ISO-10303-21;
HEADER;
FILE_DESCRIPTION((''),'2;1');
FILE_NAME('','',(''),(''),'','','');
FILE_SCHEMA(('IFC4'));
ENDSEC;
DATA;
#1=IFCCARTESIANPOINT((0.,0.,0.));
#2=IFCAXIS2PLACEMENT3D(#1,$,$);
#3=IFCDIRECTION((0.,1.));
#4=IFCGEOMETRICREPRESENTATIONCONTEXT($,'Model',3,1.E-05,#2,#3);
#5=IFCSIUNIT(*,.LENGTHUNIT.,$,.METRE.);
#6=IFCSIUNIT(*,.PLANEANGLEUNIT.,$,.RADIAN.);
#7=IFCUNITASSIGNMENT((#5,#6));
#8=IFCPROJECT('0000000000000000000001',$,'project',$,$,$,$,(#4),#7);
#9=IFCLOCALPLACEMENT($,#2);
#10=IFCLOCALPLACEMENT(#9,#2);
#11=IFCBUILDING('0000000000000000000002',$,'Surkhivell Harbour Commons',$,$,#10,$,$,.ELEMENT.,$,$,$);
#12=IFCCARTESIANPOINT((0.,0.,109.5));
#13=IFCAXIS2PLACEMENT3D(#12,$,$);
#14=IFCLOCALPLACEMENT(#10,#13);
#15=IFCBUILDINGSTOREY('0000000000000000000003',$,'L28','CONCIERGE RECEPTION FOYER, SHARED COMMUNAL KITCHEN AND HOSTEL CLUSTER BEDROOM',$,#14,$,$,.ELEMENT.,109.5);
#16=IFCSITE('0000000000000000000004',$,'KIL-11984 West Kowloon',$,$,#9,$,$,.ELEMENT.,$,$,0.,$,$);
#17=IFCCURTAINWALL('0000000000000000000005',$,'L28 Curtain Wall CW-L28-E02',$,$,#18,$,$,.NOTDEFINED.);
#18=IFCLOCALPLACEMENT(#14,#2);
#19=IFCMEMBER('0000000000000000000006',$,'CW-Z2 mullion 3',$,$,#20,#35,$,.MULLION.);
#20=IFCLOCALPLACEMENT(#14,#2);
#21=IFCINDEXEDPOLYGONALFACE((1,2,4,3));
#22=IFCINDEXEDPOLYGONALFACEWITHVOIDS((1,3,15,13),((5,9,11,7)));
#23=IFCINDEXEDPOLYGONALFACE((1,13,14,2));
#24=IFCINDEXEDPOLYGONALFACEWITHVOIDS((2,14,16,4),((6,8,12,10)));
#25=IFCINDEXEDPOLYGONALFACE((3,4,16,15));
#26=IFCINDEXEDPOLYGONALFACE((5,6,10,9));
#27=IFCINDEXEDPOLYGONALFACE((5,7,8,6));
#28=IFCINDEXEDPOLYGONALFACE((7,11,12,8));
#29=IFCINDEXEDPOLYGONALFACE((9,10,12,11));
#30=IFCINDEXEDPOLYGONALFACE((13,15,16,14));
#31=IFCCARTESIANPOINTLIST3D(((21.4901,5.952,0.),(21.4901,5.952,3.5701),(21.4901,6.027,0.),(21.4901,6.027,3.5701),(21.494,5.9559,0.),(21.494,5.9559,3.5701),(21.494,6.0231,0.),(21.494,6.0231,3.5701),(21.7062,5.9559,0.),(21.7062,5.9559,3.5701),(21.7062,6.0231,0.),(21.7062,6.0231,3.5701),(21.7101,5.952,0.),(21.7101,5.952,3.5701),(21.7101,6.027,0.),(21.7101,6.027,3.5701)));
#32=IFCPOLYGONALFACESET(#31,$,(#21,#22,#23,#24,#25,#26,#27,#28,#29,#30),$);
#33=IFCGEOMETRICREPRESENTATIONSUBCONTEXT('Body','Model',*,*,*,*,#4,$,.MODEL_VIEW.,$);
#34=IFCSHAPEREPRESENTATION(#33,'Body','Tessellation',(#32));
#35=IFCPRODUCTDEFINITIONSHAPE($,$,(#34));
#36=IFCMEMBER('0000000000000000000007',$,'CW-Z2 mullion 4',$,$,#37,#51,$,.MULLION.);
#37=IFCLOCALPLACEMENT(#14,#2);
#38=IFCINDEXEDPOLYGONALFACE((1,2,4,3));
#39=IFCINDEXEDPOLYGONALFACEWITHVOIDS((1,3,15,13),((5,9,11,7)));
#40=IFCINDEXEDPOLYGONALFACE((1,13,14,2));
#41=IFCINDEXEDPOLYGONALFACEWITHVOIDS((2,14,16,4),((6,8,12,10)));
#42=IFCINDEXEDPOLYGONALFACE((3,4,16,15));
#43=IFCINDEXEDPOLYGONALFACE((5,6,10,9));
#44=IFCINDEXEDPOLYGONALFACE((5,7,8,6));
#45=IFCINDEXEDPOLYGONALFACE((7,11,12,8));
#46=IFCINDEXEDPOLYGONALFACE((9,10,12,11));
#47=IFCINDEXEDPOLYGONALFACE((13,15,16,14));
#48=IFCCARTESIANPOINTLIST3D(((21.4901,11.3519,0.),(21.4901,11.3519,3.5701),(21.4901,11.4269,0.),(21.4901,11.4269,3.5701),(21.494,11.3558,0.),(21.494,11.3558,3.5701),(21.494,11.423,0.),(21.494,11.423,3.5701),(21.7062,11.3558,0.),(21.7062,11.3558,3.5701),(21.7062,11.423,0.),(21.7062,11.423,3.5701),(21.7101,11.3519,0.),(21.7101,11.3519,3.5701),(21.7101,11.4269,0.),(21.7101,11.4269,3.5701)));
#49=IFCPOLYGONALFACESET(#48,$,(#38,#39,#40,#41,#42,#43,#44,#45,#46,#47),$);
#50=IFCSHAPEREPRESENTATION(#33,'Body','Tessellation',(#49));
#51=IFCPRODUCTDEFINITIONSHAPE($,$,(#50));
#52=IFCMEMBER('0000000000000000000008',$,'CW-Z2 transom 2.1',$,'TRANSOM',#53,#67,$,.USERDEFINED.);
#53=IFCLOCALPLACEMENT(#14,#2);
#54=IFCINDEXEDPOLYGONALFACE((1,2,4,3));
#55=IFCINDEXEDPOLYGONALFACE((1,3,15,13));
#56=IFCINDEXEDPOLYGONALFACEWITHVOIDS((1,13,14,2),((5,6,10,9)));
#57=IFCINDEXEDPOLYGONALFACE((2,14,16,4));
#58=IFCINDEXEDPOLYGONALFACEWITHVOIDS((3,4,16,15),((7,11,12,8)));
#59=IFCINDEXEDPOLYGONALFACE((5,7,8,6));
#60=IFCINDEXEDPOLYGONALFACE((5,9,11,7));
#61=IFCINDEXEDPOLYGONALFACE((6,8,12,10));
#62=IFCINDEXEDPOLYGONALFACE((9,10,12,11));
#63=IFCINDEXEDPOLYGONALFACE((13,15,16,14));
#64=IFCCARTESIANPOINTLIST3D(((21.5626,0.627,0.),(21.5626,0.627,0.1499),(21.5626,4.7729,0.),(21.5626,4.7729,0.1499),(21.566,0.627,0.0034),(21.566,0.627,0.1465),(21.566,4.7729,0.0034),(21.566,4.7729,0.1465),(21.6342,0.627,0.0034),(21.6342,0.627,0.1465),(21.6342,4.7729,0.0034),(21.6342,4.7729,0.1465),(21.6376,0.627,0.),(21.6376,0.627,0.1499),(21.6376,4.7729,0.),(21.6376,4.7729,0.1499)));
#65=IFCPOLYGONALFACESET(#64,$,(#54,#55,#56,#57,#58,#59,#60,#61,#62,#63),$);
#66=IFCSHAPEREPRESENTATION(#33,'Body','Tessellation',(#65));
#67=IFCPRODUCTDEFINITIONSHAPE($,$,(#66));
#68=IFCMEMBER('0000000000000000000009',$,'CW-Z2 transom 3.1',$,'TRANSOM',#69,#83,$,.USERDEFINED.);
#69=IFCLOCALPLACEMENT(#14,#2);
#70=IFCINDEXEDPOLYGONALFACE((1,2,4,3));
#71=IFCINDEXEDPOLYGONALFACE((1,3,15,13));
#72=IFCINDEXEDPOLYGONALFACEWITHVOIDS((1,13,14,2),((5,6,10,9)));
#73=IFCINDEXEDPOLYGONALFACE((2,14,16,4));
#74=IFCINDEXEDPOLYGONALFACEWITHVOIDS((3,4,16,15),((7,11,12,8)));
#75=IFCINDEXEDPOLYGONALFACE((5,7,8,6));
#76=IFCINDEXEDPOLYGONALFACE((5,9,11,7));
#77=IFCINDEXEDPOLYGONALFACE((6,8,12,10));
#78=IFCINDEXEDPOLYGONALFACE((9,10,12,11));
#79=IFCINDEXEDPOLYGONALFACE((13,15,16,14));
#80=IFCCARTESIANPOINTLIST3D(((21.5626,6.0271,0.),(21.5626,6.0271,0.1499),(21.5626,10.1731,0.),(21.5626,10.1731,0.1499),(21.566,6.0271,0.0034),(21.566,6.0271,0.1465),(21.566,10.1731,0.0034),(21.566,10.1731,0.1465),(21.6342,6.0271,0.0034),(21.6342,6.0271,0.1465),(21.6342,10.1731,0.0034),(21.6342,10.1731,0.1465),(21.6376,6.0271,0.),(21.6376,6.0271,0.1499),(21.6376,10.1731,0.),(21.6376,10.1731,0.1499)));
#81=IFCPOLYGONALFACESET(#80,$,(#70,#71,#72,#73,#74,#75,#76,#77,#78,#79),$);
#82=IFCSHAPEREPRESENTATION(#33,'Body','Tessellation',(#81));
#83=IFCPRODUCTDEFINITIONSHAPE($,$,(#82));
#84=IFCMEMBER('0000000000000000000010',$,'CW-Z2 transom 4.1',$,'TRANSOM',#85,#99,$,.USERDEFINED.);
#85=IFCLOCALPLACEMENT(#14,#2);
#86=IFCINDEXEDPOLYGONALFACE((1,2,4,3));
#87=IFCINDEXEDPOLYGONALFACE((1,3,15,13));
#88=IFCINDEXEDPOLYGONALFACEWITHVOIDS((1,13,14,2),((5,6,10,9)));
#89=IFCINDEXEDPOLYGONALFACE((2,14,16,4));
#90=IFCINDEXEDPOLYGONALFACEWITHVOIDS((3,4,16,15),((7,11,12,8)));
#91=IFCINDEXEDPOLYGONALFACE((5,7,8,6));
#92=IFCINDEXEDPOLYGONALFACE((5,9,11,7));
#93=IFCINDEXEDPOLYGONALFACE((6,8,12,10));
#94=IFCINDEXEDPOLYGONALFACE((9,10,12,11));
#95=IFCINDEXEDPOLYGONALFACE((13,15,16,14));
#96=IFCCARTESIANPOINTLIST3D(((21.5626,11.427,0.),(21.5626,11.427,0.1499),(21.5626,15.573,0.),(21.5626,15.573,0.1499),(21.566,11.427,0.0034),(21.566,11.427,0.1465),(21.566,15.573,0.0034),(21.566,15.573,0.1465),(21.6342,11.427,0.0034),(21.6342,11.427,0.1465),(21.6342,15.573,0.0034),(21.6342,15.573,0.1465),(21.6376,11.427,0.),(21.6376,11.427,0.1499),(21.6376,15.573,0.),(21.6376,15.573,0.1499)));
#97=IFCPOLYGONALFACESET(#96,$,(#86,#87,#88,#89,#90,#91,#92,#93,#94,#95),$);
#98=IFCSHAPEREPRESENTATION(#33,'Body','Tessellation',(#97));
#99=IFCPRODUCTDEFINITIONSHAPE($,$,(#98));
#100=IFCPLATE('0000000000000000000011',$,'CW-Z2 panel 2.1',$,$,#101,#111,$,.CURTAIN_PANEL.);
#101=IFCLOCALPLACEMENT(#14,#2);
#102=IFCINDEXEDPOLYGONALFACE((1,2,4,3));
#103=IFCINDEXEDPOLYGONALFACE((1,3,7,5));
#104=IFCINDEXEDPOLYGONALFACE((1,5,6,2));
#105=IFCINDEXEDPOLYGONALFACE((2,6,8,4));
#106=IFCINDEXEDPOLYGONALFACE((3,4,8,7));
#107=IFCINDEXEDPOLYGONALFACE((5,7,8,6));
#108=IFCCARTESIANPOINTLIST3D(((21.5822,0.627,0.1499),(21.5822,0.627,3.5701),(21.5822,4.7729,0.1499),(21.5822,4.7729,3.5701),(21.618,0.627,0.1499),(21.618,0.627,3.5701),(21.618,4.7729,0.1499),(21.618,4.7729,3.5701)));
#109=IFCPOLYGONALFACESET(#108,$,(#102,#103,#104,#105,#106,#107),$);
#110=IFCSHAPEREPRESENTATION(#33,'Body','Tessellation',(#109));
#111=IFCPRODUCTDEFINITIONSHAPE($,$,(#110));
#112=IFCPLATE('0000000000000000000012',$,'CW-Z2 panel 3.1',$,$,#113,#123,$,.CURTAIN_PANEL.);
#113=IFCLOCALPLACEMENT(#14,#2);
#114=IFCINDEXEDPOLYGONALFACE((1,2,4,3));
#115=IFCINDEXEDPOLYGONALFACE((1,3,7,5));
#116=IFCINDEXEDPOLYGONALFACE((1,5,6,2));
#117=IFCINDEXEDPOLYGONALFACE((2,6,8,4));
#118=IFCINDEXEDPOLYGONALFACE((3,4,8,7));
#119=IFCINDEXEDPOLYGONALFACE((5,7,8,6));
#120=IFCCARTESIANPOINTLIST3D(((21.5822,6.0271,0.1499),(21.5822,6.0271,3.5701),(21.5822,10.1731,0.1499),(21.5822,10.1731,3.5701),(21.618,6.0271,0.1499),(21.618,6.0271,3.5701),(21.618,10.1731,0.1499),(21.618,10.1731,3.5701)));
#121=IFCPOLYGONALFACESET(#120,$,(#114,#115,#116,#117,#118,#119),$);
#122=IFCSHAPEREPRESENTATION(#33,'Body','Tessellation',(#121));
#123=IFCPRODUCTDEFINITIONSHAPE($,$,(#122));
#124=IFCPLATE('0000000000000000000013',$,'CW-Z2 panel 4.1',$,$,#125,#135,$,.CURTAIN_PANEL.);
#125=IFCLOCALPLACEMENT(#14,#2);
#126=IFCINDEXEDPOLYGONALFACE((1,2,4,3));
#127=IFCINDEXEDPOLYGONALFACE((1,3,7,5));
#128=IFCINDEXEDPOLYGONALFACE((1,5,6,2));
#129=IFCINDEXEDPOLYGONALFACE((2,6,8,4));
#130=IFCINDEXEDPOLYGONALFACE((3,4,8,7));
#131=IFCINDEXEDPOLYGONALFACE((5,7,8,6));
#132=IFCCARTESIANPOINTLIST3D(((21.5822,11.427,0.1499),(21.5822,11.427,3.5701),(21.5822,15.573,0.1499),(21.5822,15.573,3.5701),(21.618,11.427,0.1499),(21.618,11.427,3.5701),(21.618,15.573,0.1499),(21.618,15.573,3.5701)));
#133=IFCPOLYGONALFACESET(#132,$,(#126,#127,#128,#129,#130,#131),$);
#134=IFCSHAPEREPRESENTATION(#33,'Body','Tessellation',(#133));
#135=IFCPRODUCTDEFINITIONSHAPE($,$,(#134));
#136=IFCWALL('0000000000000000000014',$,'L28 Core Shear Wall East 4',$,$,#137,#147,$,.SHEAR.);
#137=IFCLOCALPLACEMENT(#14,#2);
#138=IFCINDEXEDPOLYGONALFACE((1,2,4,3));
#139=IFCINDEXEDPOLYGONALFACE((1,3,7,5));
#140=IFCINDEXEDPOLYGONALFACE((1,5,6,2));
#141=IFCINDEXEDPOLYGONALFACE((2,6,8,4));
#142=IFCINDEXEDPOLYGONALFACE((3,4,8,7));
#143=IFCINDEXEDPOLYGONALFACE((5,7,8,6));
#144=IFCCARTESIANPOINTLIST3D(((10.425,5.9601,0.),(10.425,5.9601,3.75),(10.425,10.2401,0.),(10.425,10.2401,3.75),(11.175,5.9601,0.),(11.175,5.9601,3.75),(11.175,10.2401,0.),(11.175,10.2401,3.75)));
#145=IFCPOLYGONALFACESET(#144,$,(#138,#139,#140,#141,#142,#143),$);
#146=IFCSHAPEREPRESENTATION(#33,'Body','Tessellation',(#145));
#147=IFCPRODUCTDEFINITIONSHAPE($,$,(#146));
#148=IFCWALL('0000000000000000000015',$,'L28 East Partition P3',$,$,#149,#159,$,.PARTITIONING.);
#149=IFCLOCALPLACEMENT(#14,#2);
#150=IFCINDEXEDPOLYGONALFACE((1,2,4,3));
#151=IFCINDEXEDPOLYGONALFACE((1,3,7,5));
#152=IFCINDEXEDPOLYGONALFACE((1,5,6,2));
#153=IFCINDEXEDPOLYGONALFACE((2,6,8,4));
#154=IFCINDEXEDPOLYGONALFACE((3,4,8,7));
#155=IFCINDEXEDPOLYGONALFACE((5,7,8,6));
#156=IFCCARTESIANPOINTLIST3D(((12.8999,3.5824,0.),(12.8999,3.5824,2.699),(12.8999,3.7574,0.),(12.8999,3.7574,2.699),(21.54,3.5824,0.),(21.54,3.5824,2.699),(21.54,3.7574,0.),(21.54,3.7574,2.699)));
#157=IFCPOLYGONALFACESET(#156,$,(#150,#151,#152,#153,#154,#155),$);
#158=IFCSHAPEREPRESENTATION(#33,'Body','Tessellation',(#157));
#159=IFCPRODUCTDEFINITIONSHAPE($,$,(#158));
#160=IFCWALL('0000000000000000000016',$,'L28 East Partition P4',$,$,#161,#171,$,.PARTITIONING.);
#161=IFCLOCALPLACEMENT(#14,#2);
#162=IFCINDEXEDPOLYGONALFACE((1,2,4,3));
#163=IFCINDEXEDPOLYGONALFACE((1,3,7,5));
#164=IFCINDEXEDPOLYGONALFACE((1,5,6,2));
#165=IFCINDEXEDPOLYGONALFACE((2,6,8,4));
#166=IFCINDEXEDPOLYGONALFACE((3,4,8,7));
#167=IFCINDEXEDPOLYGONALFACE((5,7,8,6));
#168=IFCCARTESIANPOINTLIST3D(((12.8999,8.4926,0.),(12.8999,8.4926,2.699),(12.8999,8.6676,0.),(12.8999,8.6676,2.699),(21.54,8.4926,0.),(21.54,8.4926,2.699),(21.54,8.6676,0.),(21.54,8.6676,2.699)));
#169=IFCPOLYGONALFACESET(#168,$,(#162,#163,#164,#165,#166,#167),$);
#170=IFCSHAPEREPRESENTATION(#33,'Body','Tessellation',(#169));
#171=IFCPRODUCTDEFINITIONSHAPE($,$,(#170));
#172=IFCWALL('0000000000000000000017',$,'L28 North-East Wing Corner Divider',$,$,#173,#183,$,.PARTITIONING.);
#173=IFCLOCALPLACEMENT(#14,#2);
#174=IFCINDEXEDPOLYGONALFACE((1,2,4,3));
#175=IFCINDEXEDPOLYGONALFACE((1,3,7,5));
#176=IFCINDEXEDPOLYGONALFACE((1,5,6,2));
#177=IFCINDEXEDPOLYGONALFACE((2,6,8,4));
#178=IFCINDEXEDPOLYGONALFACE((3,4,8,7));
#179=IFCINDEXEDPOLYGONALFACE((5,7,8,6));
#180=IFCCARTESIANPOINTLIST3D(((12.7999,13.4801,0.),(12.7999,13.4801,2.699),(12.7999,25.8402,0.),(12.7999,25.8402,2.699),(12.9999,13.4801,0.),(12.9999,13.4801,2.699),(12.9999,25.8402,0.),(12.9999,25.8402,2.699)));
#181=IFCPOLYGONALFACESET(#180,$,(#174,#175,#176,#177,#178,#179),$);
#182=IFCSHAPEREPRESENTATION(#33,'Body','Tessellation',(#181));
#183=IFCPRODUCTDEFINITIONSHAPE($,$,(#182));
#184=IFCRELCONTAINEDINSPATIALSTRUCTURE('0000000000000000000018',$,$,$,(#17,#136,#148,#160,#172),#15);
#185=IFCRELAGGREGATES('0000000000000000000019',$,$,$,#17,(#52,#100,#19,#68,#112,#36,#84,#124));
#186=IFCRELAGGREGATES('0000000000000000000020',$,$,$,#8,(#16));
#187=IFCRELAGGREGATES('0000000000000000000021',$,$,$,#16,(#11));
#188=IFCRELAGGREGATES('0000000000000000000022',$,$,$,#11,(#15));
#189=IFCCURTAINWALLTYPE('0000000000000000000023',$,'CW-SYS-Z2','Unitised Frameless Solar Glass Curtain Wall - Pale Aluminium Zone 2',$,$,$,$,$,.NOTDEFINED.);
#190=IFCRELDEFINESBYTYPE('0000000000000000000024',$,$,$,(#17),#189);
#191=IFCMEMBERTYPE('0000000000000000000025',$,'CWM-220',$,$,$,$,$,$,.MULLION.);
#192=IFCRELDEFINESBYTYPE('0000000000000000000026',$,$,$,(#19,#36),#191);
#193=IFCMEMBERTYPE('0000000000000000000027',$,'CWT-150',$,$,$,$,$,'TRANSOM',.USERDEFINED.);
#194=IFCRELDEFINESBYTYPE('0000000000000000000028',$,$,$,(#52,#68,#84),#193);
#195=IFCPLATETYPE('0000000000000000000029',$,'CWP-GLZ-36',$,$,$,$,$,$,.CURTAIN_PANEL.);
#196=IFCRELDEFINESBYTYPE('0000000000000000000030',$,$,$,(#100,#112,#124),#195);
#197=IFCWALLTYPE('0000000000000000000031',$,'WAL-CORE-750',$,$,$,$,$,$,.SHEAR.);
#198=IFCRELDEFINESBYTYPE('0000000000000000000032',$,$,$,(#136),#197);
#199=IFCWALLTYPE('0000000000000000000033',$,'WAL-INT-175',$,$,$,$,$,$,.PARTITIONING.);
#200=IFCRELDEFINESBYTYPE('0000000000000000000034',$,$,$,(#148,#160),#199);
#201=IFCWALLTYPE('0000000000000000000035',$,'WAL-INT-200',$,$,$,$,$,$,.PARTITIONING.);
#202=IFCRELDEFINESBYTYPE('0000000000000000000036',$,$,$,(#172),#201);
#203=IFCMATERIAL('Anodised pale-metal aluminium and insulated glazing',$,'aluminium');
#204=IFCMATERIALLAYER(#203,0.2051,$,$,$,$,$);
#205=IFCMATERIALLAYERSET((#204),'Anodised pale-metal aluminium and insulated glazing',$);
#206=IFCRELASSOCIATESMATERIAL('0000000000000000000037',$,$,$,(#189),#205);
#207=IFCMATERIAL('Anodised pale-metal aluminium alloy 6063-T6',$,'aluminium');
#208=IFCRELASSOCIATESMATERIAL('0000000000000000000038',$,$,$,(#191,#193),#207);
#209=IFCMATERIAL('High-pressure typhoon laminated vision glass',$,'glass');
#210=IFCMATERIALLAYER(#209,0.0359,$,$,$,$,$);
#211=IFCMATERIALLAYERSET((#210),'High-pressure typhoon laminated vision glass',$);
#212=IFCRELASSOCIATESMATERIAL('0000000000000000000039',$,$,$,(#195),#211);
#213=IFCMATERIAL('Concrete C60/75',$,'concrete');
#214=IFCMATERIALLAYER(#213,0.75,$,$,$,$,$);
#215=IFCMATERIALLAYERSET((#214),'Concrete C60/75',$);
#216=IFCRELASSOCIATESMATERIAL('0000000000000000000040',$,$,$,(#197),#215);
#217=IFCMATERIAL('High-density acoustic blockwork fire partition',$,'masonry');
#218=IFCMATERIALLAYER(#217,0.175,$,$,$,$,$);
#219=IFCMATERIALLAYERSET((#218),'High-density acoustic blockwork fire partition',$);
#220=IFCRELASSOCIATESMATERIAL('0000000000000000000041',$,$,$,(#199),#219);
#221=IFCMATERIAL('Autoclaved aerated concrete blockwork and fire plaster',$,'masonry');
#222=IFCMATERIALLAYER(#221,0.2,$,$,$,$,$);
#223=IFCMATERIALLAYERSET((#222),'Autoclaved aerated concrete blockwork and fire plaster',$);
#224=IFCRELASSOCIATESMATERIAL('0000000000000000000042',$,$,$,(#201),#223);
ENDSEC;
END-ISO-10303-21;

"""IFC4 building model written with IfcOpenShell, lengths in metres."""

from ifc_helpers import new_model, si_unit, direction, frame, frame_2d, origin, origin_2d, place, context, subcontext, project, spatial, rectangle, hollow_rectangle, extrude, material, layer, layer_set, material_profile, profile_set, type_object, element, aggregate, save


model = new_model("IFC4")

# Units and contexts
model_context = context("Model", 3, precision=1e-05, world=origin(), true_north=direction((0.0, 1.0)))
body_context = subcontext(model_context, "Body", "Model", "MODEL_VIEW")
ifc_project = project(units=[si_unit("LENGTHUNIT", "METRE"), si_unit("PLANEANGLEUNIT", "RADIAN")], contexts=[model_context])

# Site, building, storey
site_placement = place(None, origin())
site = spatial("IfcSite", under=ifc_project, at=site_placement, Name="KIL-11984 West Kowloon", CompositionType="ELEMENT", RefElevation=0.0)
building_placement = place(site_placement, origin())
building = spatial("IfcBuilding", under=site, at=building_placement, Name="Surkhivell Harbour Commons", CompositionType="ELEMENT")
storey_placement = place(building_placement, frame((0.0, 0.0, 109.5)))
storey = spatial("IfcBuildingStorey", under=building, at=storey_placement, Name="L28", Description="CONCIERGE RECEPTION FOYER, SHARED COMMUNAL KITCHEN AND HOSTEL CLUSTER BEDROOM", CompositionType="ELEMENT", Elevation=109.5)

# Shared definitions
ifc_material_1 = material(Name="Concrete C60/75", Category="concrete")

# Curtain wall, members, plates
ifc_material_2 = material(Name="Anodised pale-metal aluminium and insulated glazing", Category="aluminium")
ifc_layer_1 = layer(ifc_material_2, 0.2051)
ifc_layer_set_1 = layer_set([ifc_layer_1], Name="Anodised pale-metal aluminium and insulated glazing")
curtain_wall_type = type_object("IfcCurtainWallType", Name="CW-SYS-Z2", Description="Unitised Frameless Solar Glass Curtain Wall - Pale Aluminium Zone 2", PredefinedType="NOTDEFINED", material=ifc_layer_set_1)
curtain_wall_placement = place(storey_placement, origin())
curtain_wall = element("IfcCurtainWall", 1, at=curtain_wall_placement, inside=storey, type_object=curtain_wall_type, Name="L28 Curtain Wall CW-L28-E02", PredefinedType="NOTDEFINED")
ifc_material_3 = material(Name="Anodised pale-metal aluminium alloy 6063-T6", Category="aluminium")
ifc_material_profile_1 = material_profile(ifc_material_3, hollow_rectangle(XDim=0.075, YDim=0.22, WallThickness=0.0039, at=origin_2d()), Name="ALU-MULL-75x220")
ifc_profile_set_1 = profile_set([ifc_material_profile_1], Name="Anodised pale-metal aluminium alloy 6063-T6")
member_type_1 = type_object("IfcMemberType", Name="CWM-220", PredefinedType="MULLION", material=ifc_profile_set_1)
member_1_placement = place(storey_placement, frame((21.6001, 5.9895, 0.0), z_axis=(0.0, 0.0, 1.0), x_axis=(0.0, 1.0, 0.0)))
member_1 = element("IfcMember", 2, at=member_1_placement, type_object=member_type_1, Name="CW-Z2 mullion 3", PredefinedType="MULLION", context=body_context, shape_type="SweptSolid", body=[
    extrude(hollow_rectangle(XDim=0.075, YDim=0.22, WallThickness=0.0039, at=origin_2d()), origin(), (0.0, 0.0, 1.0), 3.5701),
])
member_2_placement = place(storey_placement, frame((21.6001, 11.3894, 0.0), z_axis=(0.0, 0.0, 1.0), x_axis=(0.0, 1.0, 0.0)))
member_2 = element("IfcMember", 3, at=member_2_placement, type_object=member_type_1, Name="CW-Z2 mullion 4", PredefinedType="MULLION", context=body_context, shape_type="SweptSolid", body=[
    extrude(hollow_rectangle(XDim=0.075, YDim=0.22, WallThickness=0.0039, at=origin_2d()), origin(), (0.0, 0.0, 1.0), 3.5701),
])
ifc_material_profile_2 = material_profile(ifc_material_3, hollow_rectangle(XDim=0.075, YDim=0.1499, WallThickness=0.0034, at=origin_2d()), Name="ALU-TRAN-75x150")
ifc_profile_set_2 = profile_set([ifc_material_profile_2], Name="Anodised pale-metal aluminium alloy 6063-T6")
member_type_2 = type_object("IfcMemberType", Name="CWT-150", ElementType="TRANSOM", PredefinedType="USERDEFINED", material=ifc_profile_set_2)
member_3_placement = place(storey_placement, frame((21.6001, 0.627, 0.075), z_axis=(0.0, 1.0, 0.0), x_axis=(-1.0, 0.0, 0.0)))
member_3 = element("IfcMember", 4, at=member_3_placement, type_object=member_type_2, Name="CW-Z2 transom 2.1", ObjectType="TRANSOM", PredefinedType="USERDEFINED", context=body_context, shape_type="SweptSolid", body=[
    extrude(hollow_rectangle(XDim=0.075, YDim=0.1499, WallThickness=0.0034, at=origin_2d()), origin(), (0.0, 0.0, 1.0), 4.146),
])
member_4_placement = place(storey_placement, frame((21.6001, 6.0271, 0.075), z_axis=(0.0, 1.0, 0.0), x_axis=(-1.0, 0.0, 0.0)))
member_4 = element("IfcMember", 5, at=member_4_placement, type_object=member_type_2, Name="CW-Z2 transom 3.1", ObjectType="TRANSOM", PredefinedType="USERDEFINED", context=body_context, shape_type="SweptSolid", body=[
    extrude(hollow_rectangle(XDim=0.075, YDim=0.1499, WallThickness=0.0034, at=origin_2d()), origin(), (0.0, 0.0, 1.0), 4.146),
])
member_5_placement = place(storey_placement, frame((21.6001, 11.427, 0.075), z_axis=(0.0, 1.0, 0.0), x_axis=(-1.0, 0.0, 0.0)))
member_5 = element("IfcMember", 6, at=member_5_placement, type_object=member_type_2, Name="CW-Z2 transom 4.1", ObjectType="TRANSOM", PredefinedType="USERDEFINED", context=body_context, shape_type="SweptSolid", body=[
    extrude(hollow_rectangle(XDim=0.075, YDim=0.1499, WallThickness=0.0034, at=origin_2d()), origin(), (0.0, 0.0, 1.0), 4.146),
])
ifc_material_4 = material(Name="High-pressure typhoon laminated vision glass", Category="glass")
ifc_layer_2 = layer(ifc_material_4, 0.0359)
ifc_layer_set_2 = layer_set([ifc_layer_2], Name="High-pressure typhoon laminated vision glass")
plate_type = type_object("IfcPlateType", Name="CWP-GLZ-36", PredefinedType="CURTAIN_PANEL", material=ifc_layer_set_2)
plate_1_placement = place(storey_placement, frame((21.6001, 0.627, 0.1499), z_axis=(0.0, 0.0, 1.0), x_axis=(0.0, 1.0, 0.0)))
plate_1 = element("IfcPlate", 7, at=plate_1_placement, type_object=plate_type, Name="CW-Z2 panel 2.1", PredefinedType="CURTAIN_PANEL", context=body_context, shape_type="SweptSolid", body=[
    extrude(rectangle(XDim=4.146, YDim=0.0359, at=frame_2d((2.073, 0.0))), origin(), (0.0, 0.0, 1.0), 3.4202),
])
plate_2_placement = place(storey_placement, frame((21.6001, 6.0271, 0.1499), z_axis=(0.0, 0.0, 1.0), x_axis=(0.0, 1.0, 0.0)))
plate_2 = element("IfcPlate", 8, at=plate_2_placement, type_object=plate_type, Name="CW-Z2 panel 3.1", PredefinedType="CURTAIN_PANEL", context=body_context, shape_type="SweptSolid", body=[
    extrude(rectangle(XDim=4.146, YDim=0.0359, at=frame_2d((2.073, 0.0))), origin(), (0.0, 0.0, 1.0), 3.4202),
])
plate_3_placement = place(storey_placement, frame((21.6001, 11.427, 0.1499), z_axis=(0.0, 0.0, 1.0), x_axis=(0.0, 1.0, 0.0)))
plate_3 = element("IfcPlate", 9, at=plate_3_placement, type_object=plate_type, Name="CW-Z2 panel 4.1", PredefinedType="CURTAIN_PANEL", context=body_context, shape_type="SweptSolid", body=[
    extrude(rectangle(XDim=4.146, YDim=0.0359, at=frame_2d((2.073, 0.0))), origin(), (0.0, 0.0, 1.0), 3.4202),
])
aggregate(curtain_wall, [member_3, plate_1, member_1, member_4, plate_2, member_2, member_5, plate_3])

# Walls
ifc_layer_3 = layer(ifc_material_1, 0.75)
ifc_layer_set_3 = layer_set([ifc_layer_3], Name="Concrete C60/75")
wall_type_1 = type_object("IfcWallType", Name="WAL-CORE-750", PredefinedType="SHEAR", material=ifc_layer_set_3)
wall_1_placement = place(storey_placement, frame((10.8, 5.96, 0.0), z_axis=(0.0, 0.0, 1.0), x_axis=(0.0, 1.0, 0.0)))
element("IfcWall", 10, at=wall_1_placement, inside=storey, type_object=wall_type_1, Name="L28 Core Shear Wall East 4", PredefinedType="SHEAR", context=body_context, shape_type="SweptSolid", body=[
    extrude(rectangle(XDim=4.28, YDim=0.75, at=frame_2d((2.1401, 0.0))), origin(), (0.0, 0.0, 1.0), 3.75),
])
ifc_material_5 = material(Name="High-density acoustic blockwork fire partition", Category="masonry")
ifc_layer_4 = layer(ifc_material_5, 0.175)
ifc_layer_set_4 = layer_set([ifc_layer_4], Name="High-density acoustic blockwork fire partition")
wall_type_2 = type_object("IfcWallType", Name="WAL-INT-175", PredefinedType="PARTITIONING", material=ifc_layer_set_4)
for number, where, z_axis, x_axis, name in (
    (11, (12.8999, 3.6699, 0.0), (0.0, 0.0, 1.0), (1.0, 0.0, 0.0), "L28 East Partition P3"),
    (12, (12.8999, 8.5801, 0.0), (0.0, 0.0, 1.0), (1.0, 0.0, 0.0), "L28 East Partition P4"),
):
    element("IfcWall", number, at=place(storey_placement, frame(where, z_axis=z_axis, x_axis=x_axis)), inside=storey, type_object=wall_type_2, Name=name, PredefinedType="PARTITIONING", context=body_context, shape_type="SweptSolid", body=[
        extrude(rectangle(XDim=8.6401, YDim=0.175, at=frame_2d((4.3201, 0.0))), origin(), (0.0, 0.0, 1.0), 2.699),
    ])
ifc_material_6 = material(Name="Autoclaved aerated concrete blockwork and fire plaster", Category="masonry")
ifc_layer_5 = layer(ifc_material_6, 0.2)
ifc_layer_set_5 = layer_set([ifc_layer_5], Name="Autoclaved aerated concrete blockwork and fire plaster")
wall_type_3 = type_object("IfcWallType", Name="WAL-INT-200", PredefinedType="PARTITIONING", material=ifc_layer_set_5)
wall_2_placement = place(storey_placement, frame((12.8999, 13.48, 0.0), z_axis=(0.0, 0.0, 1.0), x_axis=(0.0, 1.0, 0.0)))
element("IfcWall", 13, at=wall_2_placement, inside=storey, type_object=wall_type_3, Name="L28 North-East Wing Corner Divider", PredefinedType="PARTITIONING", context=body_context, shape_type="SweptSolid", body=[
    extrude(rectangle(XDim=12.3601, YDim=0.2, at=frame_2d((6.1802, 0.0))), origin(), (0.0, 0.0, 1.0), 2.699),
])

save(model, "model.ifc")
